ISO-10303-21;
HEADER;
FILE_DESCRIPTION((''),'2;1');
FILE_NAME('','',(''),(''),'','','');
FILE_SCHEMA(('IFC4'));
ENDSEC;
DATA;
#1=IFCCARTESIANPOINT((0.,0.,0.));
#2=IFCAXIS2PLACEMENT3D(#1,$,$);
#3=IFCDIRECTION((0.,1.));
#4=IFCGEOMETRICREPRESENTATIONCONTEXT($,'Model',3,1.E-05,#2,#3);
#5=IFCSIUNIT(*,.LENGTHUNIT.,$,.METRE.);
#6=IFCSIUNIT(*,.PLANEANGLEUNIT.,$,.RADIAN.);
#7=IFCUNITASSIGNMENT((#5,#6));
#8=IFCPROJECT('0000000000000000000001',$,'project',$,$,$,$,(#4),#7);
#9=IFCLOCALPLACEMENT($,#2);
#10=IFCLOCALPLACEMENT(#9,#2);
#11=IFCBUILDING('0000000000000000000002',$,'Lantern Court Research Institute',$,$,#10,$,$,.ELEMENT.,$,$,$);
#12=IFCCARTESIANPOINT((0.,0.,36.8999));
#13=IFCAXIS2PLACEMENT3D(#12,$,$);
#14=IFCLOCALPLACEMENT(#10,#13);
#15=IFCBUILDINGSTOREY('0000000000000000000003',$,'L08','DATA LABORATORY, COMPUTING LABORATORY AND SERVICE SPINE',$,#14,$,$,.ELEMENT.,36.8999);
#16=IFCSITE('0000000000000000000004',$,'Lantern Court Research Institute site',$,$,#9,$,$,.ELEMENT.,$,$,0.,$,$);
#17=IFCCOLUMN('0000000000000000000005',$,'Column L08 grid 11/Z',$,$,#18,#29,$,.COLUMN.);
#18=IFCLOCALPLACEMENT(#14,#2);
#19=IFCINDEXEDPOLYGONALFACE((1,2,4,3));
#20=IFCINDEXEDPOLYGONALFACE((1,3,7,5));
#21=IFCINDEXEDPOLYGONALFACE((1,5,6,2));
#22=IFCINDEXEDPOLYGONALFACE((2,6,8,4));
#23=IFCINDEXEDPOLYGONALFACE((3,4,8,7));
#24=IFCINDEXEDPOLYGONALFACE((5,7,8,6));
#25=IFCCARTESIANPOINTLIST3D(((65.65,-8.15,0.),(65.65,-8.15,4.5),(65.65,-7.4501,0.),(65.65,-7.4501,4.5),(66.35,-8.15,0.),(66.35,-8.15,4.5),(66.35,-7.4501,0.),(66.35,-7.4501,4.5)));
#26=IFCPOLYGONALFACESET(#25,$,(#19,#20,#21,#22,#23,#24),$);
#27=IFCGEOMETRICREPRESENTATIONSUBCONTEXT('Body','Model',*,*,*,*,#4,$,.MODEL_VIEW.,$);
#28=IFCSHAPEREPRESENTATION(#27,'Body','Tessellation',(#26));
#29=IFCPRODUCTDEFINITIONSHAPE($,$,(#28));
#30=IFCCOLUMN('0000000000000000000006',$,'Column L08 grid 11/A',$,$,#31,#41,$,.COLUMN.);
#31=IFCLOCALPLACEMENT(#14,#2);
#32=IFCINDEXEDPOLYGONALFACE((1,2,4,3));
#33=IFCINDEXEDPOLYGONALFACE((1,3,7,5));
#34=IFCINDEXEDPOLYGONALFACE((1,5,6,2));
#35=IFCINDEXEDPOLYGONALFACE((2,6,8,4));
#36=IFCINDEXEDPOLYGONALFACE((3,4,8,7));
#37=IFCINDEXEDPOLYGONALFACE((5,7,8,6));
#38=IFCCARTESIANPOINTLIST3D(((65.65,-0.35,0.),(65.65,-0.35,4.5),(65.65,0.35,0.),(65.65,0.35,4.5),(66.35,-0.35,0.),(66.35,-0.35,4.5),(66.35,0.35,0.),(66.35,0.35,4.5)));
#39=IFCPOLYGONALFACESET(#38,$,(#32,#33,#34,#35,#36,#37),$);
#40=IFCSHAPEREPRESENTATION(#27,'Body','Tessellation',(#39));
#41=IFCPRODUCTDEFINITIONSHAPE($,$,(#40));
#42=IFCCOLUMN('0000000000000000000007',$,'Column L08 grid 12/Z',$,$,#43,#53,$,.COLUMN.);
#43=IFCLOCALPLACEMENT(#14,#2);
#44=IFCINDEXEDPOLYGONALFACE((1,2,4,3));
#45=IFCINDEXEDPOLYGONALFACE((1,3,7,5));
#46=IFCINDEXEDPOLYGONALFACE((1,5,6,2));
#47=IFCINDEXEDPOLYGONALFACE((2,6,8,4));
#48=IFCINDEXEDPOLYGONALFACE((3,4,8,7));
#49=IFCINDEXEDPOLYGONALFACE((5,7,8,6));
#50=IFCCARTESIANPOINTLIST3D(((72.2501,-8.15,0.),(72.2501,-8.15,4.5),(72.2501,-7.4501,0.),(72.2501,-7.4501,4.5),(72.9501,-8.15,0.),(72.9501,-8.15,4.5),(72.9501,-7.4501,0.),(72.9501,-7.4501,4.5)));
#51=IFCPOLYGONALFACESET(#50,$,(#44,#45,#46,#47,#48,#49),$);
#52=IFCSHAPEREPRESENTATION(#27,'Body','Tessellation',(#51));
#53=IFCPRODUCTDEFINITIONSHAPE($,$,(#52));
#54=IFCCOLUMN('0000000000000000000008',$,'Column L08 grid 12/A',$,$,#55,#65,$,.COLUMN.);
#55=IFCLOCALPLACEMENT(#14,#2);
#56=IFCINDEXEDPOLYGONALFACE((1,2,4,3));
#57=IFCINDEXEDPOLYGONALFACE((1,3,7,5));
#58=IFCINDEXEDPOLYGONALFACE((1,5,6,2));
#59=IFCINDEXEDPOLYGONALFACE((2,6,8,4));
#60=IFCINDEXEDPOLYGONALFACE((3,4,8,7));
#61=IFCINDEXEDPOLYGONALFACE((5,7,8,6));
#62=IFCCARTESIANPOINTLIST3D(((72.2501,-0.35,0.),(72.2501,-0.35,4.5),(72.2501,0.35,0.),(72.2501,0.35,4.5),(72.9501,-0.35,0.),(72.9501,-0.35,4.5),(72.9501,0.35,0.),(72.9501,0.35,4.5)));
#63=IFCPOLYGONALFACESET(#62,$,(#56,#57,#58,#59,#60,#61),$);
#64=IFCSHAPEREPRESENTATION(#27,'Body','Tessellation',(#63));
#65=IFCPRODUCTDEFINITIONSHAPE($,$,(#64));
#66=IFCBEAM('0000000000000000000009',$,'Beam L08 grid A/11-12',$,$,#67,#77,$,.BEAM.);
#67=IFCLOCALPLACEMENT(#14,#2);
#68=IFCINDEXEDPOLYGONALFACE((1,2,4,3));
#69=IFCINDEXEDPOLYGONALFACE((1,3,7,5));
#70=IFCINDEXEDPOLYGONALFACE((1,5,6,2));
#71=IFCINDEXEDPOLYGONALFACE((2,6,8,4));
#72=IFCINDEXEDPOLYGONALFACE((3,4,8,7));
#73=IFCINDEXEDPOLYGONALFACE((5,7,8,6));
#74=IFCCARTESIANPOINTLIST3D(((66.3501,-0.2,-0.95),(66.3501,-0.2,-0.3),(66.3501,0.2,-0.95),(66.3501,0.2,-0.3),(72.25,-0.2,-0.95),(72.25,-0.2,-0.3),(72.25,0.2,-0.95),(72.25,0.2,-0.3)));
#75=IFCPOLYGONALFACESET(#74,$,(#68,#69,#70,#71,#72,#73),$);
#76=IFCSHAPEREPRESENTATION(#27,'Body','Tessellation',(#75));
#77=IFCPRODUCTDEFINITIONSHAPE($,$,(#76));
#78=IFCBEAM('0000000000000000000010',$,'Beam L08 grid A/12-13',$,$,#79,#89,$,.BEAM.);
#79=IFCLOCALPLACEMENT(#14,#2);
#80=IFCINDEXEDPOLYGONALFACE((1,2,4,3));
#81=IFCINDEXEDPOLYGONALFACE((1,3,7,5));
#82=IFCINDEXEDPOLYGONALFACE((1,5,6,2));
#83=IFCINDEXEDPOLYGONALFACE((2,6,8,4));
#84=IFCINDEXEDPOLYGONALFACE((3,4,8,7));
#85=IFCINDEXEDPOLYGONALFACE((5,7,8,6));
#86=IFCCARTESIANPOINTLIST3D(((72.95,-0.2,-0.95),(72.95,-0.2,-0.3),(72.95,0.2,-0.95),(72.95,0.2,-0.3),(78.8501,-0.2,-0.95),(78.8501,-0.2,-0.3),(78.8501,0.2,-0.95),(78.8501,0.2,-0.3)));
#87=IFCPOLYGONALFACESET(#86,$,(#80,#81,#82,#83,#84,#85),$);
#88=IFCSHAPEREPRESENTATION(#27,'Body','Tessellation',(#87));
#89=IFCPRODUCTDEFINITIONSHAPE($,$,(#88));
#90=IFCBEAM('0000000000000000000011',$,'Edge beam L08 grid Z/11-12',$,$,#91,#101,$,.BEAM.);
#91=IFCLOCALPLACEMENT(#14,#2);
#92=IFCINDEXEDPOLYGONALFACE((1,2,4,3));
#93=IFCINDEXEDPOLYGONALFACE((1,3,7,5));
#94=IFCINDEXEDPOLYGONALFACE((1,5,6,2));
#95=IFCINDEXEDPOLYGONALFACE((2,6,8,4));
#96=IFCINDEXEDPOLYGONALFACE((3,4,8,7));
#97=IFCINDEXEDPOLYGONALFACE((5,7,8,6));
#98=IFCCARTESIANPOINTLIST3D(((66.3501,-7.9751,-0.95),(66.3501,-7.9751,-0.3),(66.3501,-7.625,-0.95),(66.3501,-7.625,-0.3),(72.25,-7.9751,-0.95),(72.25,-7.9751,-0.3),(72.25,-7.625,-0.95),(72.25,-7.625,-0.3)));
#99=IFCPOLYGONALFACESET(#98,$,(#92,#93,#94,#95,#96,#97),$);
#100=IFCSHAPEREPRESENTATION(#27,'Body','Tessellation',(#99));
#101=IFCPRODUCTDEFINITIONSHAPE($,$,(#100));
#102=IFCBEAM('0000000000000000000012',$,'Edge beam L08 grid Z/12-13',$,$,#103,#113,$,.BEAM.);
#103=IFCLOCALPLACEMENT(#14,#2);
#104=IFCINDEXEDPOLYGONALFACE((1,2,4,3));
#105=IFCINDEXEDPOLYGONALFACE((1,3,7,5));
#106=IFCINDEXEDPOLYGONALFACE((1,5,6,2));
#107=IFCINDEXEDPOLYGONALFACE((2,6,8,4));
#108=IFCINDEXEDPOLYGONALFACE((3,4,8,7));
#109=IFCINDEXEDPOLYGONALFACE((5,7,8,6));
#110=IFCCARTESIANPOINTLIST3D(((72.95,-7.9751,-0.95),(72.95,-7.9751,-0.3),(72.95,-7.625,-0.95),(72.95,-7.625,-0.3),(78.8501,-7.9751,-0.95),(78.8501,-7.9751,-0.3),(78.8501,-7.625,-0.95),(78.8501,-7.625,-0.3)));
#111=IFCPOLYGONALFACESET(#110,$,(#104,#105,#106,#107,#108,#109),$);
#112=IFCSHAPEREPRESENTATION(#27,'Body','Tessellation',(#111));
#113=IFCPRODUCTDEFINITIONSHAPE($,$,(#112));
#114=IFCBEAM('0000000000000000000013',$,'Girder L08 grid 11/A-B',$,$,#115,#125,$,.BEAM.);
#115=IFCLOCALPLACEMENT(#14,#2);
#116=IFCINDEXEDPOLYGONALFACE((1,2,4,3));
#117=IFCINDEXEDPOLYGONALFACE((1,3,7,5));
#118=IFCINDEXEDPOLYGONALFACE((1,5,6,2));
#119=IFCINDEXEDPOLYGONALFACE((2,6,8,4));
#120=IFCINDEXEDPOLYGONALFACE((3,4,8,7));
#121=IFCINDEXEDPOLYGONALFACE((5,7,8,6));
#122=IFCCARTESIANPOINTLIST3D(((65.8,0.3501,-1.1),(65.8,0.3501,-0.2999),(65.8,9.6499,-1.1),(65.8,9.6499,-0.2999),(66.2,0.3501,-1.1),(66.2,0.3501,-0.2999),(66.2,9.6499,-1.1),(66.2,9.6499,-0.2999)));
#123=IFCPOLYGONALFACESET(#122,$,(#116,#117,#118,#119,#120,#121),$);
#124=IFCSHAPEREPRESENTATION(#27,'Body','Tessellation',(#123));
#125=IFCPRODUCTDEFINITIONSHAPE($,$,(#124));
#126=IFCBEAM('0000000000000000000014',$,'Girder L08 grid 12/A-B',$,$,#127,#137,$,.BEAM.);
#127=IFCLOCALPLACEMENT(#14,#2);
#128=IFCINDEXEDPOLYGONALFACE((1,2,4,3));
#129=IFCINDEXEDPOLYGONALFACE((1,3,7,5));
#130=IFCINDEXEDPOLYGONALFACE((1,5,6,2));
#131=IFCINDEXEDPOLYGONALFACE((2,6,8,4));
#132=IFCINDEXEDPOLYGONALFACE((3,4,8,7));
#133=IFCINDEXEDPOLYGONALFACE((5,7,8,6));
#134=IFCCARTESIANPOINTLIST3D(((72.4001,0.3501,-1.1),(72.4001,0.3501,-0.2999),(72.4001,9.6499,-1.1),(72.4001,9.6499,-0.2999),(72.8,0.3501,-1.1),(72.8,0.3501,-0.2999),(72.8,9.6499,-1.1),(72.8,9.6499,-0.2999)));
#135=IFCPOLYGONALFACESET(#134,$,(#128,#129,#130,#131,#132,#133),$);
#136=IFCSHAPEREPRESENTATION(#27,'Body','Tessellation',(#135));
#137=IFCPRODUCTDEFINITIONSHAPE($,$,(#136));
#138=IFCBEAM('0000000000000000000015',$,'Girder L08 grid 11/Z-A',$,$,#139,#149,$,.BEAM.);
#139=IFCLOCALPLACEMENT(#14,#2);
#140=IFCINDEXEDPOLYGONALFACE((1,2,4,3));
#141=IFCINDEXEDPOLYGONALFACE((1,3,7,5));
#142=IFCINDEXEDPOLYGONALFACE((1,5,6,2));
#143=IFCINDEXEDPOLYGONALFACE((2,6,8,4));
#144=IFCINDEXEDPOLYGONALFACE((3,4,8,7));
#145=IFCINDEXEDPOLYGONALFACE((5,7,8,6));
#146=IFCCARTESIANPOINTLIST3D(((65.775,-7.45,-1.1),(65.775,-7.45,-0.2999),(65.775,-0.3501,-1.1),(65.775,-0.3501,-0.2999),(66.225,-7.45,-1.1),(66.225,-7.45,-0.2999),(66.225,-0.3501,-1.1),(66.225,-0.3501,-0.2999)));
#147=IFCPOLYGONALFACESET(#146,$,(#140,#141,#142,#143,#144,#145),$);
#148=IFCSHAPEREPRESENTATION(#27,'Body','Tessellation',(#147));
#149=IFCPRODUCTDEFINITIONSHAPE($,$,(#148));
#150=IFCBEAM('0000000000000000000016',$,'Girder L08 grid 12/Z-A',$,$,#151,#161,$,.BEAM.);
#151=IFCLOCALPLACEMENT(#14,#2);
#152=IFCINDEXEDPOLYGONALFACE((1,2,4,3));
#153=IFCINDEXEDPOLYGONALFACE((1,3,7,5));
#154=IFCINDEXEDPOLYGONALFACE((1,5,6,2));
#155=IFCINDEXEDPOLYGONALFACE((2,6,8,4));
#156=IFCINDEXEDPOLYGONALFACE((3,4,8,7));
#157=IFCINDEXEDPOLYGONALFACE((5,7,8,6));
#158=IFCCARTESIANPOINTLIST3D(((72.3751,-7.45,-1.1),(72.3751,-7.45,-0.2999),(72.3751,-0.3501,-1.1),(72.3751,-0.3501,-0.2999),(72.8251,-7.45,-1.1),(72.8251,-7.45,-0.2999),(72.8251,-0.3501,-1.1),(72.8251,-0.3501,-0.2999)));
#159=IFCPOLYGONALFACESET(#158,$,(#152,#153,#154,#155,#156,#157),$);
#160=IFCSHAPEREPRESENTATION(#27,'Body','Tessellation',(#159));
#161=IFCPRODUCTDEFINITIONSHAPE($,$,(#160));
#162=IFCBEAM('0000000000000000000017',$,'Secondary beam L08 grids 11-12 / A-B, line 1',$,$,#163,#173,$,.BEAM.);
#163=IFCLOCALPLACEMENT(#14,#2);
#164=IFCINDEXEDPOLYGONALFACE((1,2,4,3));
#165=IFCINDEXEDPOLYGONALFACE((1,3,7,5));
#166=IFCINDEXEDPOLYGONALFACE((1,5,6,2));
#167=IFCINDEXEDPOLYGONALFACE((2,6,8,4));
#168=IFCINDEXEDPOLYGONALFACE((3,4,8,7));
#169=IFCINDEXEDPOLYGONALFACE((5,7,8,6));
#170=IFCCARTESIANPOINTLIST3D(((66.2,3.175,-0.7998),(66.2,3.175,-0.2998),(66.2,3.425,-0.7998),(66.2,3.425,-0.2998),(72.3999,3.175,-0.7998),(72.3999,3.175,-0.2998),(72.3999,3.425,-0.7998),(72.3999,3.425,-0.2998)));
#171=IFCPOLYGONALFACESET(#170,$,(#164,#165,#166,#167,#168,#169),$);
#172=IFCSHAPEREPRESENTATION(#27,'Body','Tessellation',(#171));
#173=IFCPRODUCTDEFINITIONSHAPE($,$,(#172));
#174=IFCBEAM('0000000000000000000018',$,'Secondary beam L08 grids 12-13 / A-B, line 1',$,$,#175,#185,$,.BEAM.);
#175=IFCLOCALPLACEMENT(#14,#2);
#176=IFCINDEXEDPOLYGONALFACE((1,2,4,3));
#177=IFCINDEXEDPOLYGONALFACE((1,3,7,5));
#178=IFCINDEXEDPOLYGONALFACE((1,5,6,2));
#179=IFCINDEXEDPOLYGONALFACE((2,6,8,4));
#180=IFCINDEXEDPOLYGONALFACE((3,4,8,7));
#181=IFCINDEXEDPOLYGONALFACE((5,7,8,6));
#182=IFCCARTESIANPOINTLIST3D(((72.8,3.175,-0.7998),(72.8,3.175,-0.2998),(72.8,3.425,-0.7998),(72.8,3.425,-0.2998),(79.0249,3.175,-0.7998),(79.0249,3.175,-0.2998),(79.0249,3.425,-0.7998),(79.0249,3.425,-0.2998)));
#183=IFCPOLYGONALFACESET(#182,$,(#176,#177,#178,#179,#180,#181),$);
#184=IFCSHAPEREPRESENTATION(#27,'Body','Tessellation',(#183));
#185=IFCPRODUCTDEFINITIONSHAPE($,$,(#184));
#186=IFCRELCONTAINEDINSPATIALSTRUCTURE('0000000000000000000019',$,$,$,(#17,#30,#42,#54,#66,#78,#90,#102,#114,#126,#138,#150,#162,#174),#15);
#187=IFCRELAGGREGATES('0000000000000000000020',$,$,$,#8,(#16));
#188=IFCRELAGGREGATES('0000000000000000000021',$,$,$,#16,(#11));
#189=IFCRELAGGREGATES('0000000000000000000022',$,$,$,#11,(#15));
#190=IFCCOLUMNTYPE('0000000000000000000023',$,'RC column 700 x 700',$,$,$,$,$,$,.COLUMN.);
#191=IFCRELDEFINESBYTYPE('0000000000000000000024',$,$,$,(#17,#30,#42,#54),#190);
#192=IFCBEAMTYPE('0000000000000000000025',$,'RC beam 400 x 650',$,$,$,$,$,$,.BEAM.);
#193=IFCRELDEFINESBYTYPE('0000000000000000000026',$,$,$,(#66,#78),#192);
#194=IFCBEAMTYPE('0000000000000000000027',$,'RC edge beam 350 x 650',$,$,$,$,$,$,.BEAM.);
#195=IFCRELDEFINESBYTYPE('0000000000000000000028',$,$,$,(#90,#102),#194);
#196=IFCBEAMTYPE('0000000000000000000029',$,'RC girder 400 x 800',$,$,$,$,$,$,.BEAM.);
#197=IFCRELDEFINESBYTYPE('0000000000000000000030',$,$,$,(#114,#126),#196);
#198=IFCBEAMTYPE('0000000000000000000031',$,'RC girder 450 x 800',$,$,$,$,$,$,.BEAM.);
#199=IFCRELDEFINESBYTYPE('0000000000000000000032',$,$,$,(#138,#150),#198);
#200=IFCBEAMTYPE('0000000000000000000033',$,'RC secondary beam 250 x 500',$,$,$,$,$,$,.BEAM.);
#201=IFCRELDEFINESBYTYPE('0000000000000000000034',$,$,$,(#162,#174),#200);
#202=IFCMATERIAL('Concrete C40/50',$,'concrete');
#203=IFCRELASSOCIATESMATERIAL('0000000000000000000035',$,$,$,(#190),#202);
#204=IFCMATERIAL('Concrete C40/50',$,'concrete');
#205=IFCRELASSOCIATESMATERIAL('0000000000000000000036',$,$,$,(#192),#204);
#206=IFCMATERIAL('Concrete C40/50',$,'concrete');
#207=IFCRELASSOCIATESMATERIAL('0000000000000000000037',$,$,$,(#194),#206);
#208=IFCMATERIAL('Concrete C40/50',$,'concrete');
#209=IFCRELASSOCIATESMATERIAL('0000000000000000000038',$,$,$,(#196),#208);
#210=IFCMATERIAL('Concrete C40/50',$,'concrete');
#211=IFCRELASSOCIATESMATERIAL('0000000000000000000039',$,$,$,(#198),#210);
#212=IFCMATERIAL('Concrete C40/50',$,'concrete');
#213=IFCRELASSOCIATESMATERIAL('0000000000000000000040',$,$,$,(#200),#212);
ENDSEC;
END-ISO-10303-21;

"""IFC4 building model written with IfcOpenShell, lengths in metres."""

from ifc_helpers import new_model, si_unit, direction, frame, origin, origin_2d, place, context, subcontext, project, spatial, rectangle, extrude, material, material_profile, profile_set, type_object, element, save


model = new_model("IFC4")

# Units and contexts
model_context = context("Model", 3, precision=1e-05, world=origin(), true_north=direction((0.0, 1.0)))
body_context = subcontext(model_context, "Body", "Model", "MODEL_VIEW")
ifc_project = project(units=[si_unit("LENGTHUNIT", "METRE"), si_unit("PLANEANGLEUNIT", "RADIAN")], contexts=[model_context])

# Site, building, storey
site_placement = place(None, origin())
site = spatial("IfcSite", under=ifc_project, at=site_placement, Name="Lantern Court Research Institute site", CompositionType="ELEMENT", RefElevation=0.0)
building_placement = place(site_placement, origin())
building = spatial("IfcBuilding", under=site, at=building_placement, Name="Lantern Court Research Institute", CompositionType="ELEMENT")
storey_placement = place(building_placement, frame((0.0, 0.0, 36.8999)))
storey = spatial("IfcBuildingStorey", under=building, at=storey_placement, Name="L08", Description="DATA LABORATORY, COMPUTING LABORATORY AND SERVICE SPINE", CompositionType="ELEMENT", Elevation=36.8999)

# Columns
ifc_material_1 = material(Name="Concrete C40/50", Category="concrete")
ifc_material_profile_1 = material_profile(ifc_material_1, rectangle(XDim=0.7, YDim=0.7, at=origin_2d()), Name="RC column 700 x 700")
ifc_profile_set_1 = profile_set([ifc_material_profile_1], Name="Concrete C40/50")
column_type = type_object("IfcColumnType", Name="RC column 700 x 700", PredefinedType="COLUMN", material=ifc_profile_set_1)
for number, where, z_axis, x_axis, name in (
    (1, (66.0, -7.8, 0.0), (0.0, 0.0, 1.0), (1.0, 0.0, 0.0), "Column L08 grid 11/Z"),
    (2, (66.0, 0.0, 0.0), (0.0, 0.0, 1.0), (1.0, 0.0, 0.0), "Column L08 grid 11/A"),
    (3, (72.6001, -7.8, 0.0), (0.0, 0.0, 1.0), (1.0, 0.0, 0.0), "Column L08 grid 12/Z"),
    (4, (72.6001, 0.0, 0.0), (0.0, 0.0, 1.0), (1.0, 0.0, 0.0), "Column L08 grid 12/A"),
):
    element("IfcColumn", number, at=place(storey_placement, frame(where, z_axis=z_axis, x_axis=x_axis)), inside=storey, type_object=column_type, Name=name, PredefinedType="COLUMN", context=body_context, shape_type="SweptSolid", body=[
        extrude(rectangle(XDim=0.7, YDim=0.7, at=origin_2d()), origin(), (0.0, 0.0, 1.0), 4.5),
    ])

# Beams
ifc_material_2 = material(Name="Concrete C40/50", Category="concrete")
ifc_material_profile_2 = material_profile(ifc_material_2, rectangle(XDim=0.3999, YDim=0.6499, at=origin_2d()), Name="RC beam 400 x 650")
ifc_profile_set_2 = profile_set([ifc_material_profile_2], Name="Concrete C40/50")
beam_type_1 = type_object("IfcBeamType", Name="RC beam 400 x 650", PredefinedType="BEAM", material=ifc_profile_set_2)
beam_1_placement = place(storey_placement, frame((66.3501, 0.0, -0.625), z_axis=(1.0, 0.0, 0.0), x_axis=(0.0, 1.0, 0.0)))
element("IfcBeam", 5, at=beam_1_placement, inside=storey, type_object=beam_type_1, Name="Beam L08 grid A/11-12", PredefinedType="BEAM", context=body_context, shape_type="SweptSolid", body=[
    extrude(rectangle(XDim=0.3999, YDim=0.6499, at=origin_2d()), origin(), (0.0, 0.0, 1.0), 5.8999),
])
beam_2_placement = place(storey_placement, frame((72.95, 0.0, -0.625), z_axis=(1.0, 0.0, 0.0), x_axis=(0.0, 1.0, 0.0)))
element("IfcBeam", 6, at=beam_2_placement, inside=storey, type_object=beam_type_1, Name="Beam L08 grid A/12-13", PredefinedType="BEAM", context=body_context, shape_type="SweptSolid", body=[
    extrude(rectangle(XDim=0.3999, YDim=0.6499, at=origin_2d()), origin(), (0.0, 0.0, 1.0), 5.9001),
])
ifc_material_3 = material(Name="Concrete C40/50", Category="concrete")
ifc_material_profile_3 = material_profile(ifc_material_3, rectangle(XDim=0.3501, YDim=0.6499, at=origin_2d()), Name="RC beam 350 x 650")
ifc_profile_set_3 = profile_set([ifc_material_profile_3], Name="Concrete C40/50")
beam_type_2 = type_object("IfcBeamType", Name="RC edge beam 350 x 650", PredefinedType="BEAM", material=ifc_profile_set_3)
beam_3_placement = place(storey_placement, frame((66.3501, -7.8, -0.625), z_axis=(1.0, 0.0, 0.0), x_axis=(0.0, 1.0, 0.0)))
element("IfcBeam", 7, at=beam_3_placement, inside=storey, type_object=beam_type_2, Name="Edge beam L08 grid Z/11-12", PredefinedType="BEAM", context=body_context, shape_type="SweptSolid", body=[
    extrude(rectangle(XDim=0.3501, YDim=0.6499, at=origin_2d()), origin(), (0.0, 0.0, 1.0), 5.8999),
])
beam_4_placement = place(storey_placement, frame((72.95, -7.8, -0.625), z_axis=(1.0, 0.0, 0.0), x_axis=(0.0, 1.0, 0.0)))
element("IfcBeam", 8, at=beam_4_placement, inside=storey, type_object=beam_type_2, Name="Edge beam L08 grid Z/12-13", PredefinedType="BEAM", context=body_context, shape_type="SweptSolid", body=[
    extrude(rectangle(XDim=0.3501, YDim=0.6499, at=origin_2d()), origin(), (0.0, 0.0, 1.0), 5.9001),
])
ifc_material_4 = material(Name="Concrete C40/50", Category="concrete")
ifc_material_profile_4 = material_profile(ifc_material_4, rectangle(XDim=0.3999, YDim=0.8, at=origin_2d()), Name="RC beam 400 x 800")
ifc_profile_set_4 = profile_set([ifc_material_profile_4], Name="Concrete C40/50")
beam_type_3 = type_object("IfcBeamType", Name="RC girder 400 x 800", PredefinedType="BEAM", material=ifc_profile_set_4)
for number, where, z_axis, x_axis, name in (
    (9, (66.0, 0.3501, -0.7), (0.0, 1.0, 0.0), (-1.0, 0.0, 0.0), "Girder L08 grid 11/A-B"),
    (10, (72.6001, 0.3501, -0.7), (0.0, 1.0, 0.0), (-1.0, 0.0, 0.0), "Girder L08 grid 12/A-B"),
):
    element("IfcBeam", number, at=place(storey_placement, frame(where, z_axis=z_axis, x_axis=x_axis)), inside=storey, type_object=beam_type_3, Name=name, PredefinedType="BEAM", context=body_context, shape_type="SweptSolid", body=[
        extrude(rectangle(XDim=0.3999, YDim=0.8, at=origin_2d()), origin(), (0.0, 0.0, 1.0), 9.2998),
    ])
ifc_material_5 = material(Name="Concrete C40/50", Category="concrete")
ifc_material_profile_5 = material_profile(ifc_material_5, rectangle(XDim=0.45, YDim=0.8, at=origin_2d()), Name="RC beam 450 x 800")
ifc_profile_set_5 = profile_set([ifc_material_profile_5], Name="Concrete C40/50")
beam_type_4 = type_object("IfcBeamType", Name="RC girder 450 x 800", PredefinedType="BEAM", material=ifc_profile_set_5)
for number, where, z_axis, x_axis, name in (
    (11, (66.0, -7.45, -0.7), (0.0, 1.0, 0.0), (-1.0, 0.0, 0.0), "Girder L08 grid 11/Z-A"),
    (12, (72.6001, -7.45, -0.7), (0.0, 1.0, 0.0), (-1.0, 0.0, 0.0), "Girder L08 grid 12/Z-A"),
):
    element("IfcBeam", number, at=place(storey_placement, frame(where, z_axis=z_axis, x_axis=x_axis)), inside=storey, type_object=beam_type_4, Name=name, PredefinedType="BEAM", context=body_context, shape_type="SweptSolid", body=[
        extrude(rectangle(XDim=0.45, YDim=0.8, at=origin_2d()), origin(), (0.0, 0.0, 1.0), 7.0999),
    ])
ifc_material_6 = material(Name="Concrete C40/50", Category="concrete")
ifc_material_profile_6 = material_profile(ifc_material_6, rectangle(XDim=0.25, YDim=0.5, at=origin_2d()), Name="RC beam 250 x 500")
ifc_profile_set_6 = profile_set([ifc_material_profile_6], Name="Concrete C40/50")
beam_type_5 = type_object("IfcBeamType", Name="RC secondary beam 250 x 500", PredefinedType="BEAM", material=ifc_profile_set_6)
beam_5_placement = place(storey_placement, frame((66.2, 3.3, -0.5498), z_axis=(1.0, 0.0, 0.0), x_axis=(0.0, 1.0, 0.0)))
element("IfcBeam", 13, at=beam_5_placement, inside=storey, type_object=beam_type_5, Name="Secondary beam L08 grids 11-12 / A-B, line 1", PredefinedType="BEAM", context=body_context, shape_type="SweptSolid", body=[
    extrude(rectangle(XDim=0.25, YDim=0.5, at=origin_2d()), origin(), (0.0, 0.0, 1.0), 6.2),
])
beam_6_placement = place(storey_placement, frame((72.8, 3.3, -0.5498), z_axis=(1.0, 0.0, 0.0), x_axis=(0.0, 1.0, 0.0)))
element("IfcBeam", 14, at=beam_6_placement, inside=storey, type_object=beam_type_5, Name="Secondary beam L08 grids 12-13 / A-B, line 1", PredefinedType="BEAM", context=body_context, shape_type="SweptSolid", body=[
    extrude(rectangle(XDim=0.25, YDim=0.5, at=origin_2d()), origin(), (0.0, 0.0, 1.0), 6.2249),
])

save(model, "model.ifc")
